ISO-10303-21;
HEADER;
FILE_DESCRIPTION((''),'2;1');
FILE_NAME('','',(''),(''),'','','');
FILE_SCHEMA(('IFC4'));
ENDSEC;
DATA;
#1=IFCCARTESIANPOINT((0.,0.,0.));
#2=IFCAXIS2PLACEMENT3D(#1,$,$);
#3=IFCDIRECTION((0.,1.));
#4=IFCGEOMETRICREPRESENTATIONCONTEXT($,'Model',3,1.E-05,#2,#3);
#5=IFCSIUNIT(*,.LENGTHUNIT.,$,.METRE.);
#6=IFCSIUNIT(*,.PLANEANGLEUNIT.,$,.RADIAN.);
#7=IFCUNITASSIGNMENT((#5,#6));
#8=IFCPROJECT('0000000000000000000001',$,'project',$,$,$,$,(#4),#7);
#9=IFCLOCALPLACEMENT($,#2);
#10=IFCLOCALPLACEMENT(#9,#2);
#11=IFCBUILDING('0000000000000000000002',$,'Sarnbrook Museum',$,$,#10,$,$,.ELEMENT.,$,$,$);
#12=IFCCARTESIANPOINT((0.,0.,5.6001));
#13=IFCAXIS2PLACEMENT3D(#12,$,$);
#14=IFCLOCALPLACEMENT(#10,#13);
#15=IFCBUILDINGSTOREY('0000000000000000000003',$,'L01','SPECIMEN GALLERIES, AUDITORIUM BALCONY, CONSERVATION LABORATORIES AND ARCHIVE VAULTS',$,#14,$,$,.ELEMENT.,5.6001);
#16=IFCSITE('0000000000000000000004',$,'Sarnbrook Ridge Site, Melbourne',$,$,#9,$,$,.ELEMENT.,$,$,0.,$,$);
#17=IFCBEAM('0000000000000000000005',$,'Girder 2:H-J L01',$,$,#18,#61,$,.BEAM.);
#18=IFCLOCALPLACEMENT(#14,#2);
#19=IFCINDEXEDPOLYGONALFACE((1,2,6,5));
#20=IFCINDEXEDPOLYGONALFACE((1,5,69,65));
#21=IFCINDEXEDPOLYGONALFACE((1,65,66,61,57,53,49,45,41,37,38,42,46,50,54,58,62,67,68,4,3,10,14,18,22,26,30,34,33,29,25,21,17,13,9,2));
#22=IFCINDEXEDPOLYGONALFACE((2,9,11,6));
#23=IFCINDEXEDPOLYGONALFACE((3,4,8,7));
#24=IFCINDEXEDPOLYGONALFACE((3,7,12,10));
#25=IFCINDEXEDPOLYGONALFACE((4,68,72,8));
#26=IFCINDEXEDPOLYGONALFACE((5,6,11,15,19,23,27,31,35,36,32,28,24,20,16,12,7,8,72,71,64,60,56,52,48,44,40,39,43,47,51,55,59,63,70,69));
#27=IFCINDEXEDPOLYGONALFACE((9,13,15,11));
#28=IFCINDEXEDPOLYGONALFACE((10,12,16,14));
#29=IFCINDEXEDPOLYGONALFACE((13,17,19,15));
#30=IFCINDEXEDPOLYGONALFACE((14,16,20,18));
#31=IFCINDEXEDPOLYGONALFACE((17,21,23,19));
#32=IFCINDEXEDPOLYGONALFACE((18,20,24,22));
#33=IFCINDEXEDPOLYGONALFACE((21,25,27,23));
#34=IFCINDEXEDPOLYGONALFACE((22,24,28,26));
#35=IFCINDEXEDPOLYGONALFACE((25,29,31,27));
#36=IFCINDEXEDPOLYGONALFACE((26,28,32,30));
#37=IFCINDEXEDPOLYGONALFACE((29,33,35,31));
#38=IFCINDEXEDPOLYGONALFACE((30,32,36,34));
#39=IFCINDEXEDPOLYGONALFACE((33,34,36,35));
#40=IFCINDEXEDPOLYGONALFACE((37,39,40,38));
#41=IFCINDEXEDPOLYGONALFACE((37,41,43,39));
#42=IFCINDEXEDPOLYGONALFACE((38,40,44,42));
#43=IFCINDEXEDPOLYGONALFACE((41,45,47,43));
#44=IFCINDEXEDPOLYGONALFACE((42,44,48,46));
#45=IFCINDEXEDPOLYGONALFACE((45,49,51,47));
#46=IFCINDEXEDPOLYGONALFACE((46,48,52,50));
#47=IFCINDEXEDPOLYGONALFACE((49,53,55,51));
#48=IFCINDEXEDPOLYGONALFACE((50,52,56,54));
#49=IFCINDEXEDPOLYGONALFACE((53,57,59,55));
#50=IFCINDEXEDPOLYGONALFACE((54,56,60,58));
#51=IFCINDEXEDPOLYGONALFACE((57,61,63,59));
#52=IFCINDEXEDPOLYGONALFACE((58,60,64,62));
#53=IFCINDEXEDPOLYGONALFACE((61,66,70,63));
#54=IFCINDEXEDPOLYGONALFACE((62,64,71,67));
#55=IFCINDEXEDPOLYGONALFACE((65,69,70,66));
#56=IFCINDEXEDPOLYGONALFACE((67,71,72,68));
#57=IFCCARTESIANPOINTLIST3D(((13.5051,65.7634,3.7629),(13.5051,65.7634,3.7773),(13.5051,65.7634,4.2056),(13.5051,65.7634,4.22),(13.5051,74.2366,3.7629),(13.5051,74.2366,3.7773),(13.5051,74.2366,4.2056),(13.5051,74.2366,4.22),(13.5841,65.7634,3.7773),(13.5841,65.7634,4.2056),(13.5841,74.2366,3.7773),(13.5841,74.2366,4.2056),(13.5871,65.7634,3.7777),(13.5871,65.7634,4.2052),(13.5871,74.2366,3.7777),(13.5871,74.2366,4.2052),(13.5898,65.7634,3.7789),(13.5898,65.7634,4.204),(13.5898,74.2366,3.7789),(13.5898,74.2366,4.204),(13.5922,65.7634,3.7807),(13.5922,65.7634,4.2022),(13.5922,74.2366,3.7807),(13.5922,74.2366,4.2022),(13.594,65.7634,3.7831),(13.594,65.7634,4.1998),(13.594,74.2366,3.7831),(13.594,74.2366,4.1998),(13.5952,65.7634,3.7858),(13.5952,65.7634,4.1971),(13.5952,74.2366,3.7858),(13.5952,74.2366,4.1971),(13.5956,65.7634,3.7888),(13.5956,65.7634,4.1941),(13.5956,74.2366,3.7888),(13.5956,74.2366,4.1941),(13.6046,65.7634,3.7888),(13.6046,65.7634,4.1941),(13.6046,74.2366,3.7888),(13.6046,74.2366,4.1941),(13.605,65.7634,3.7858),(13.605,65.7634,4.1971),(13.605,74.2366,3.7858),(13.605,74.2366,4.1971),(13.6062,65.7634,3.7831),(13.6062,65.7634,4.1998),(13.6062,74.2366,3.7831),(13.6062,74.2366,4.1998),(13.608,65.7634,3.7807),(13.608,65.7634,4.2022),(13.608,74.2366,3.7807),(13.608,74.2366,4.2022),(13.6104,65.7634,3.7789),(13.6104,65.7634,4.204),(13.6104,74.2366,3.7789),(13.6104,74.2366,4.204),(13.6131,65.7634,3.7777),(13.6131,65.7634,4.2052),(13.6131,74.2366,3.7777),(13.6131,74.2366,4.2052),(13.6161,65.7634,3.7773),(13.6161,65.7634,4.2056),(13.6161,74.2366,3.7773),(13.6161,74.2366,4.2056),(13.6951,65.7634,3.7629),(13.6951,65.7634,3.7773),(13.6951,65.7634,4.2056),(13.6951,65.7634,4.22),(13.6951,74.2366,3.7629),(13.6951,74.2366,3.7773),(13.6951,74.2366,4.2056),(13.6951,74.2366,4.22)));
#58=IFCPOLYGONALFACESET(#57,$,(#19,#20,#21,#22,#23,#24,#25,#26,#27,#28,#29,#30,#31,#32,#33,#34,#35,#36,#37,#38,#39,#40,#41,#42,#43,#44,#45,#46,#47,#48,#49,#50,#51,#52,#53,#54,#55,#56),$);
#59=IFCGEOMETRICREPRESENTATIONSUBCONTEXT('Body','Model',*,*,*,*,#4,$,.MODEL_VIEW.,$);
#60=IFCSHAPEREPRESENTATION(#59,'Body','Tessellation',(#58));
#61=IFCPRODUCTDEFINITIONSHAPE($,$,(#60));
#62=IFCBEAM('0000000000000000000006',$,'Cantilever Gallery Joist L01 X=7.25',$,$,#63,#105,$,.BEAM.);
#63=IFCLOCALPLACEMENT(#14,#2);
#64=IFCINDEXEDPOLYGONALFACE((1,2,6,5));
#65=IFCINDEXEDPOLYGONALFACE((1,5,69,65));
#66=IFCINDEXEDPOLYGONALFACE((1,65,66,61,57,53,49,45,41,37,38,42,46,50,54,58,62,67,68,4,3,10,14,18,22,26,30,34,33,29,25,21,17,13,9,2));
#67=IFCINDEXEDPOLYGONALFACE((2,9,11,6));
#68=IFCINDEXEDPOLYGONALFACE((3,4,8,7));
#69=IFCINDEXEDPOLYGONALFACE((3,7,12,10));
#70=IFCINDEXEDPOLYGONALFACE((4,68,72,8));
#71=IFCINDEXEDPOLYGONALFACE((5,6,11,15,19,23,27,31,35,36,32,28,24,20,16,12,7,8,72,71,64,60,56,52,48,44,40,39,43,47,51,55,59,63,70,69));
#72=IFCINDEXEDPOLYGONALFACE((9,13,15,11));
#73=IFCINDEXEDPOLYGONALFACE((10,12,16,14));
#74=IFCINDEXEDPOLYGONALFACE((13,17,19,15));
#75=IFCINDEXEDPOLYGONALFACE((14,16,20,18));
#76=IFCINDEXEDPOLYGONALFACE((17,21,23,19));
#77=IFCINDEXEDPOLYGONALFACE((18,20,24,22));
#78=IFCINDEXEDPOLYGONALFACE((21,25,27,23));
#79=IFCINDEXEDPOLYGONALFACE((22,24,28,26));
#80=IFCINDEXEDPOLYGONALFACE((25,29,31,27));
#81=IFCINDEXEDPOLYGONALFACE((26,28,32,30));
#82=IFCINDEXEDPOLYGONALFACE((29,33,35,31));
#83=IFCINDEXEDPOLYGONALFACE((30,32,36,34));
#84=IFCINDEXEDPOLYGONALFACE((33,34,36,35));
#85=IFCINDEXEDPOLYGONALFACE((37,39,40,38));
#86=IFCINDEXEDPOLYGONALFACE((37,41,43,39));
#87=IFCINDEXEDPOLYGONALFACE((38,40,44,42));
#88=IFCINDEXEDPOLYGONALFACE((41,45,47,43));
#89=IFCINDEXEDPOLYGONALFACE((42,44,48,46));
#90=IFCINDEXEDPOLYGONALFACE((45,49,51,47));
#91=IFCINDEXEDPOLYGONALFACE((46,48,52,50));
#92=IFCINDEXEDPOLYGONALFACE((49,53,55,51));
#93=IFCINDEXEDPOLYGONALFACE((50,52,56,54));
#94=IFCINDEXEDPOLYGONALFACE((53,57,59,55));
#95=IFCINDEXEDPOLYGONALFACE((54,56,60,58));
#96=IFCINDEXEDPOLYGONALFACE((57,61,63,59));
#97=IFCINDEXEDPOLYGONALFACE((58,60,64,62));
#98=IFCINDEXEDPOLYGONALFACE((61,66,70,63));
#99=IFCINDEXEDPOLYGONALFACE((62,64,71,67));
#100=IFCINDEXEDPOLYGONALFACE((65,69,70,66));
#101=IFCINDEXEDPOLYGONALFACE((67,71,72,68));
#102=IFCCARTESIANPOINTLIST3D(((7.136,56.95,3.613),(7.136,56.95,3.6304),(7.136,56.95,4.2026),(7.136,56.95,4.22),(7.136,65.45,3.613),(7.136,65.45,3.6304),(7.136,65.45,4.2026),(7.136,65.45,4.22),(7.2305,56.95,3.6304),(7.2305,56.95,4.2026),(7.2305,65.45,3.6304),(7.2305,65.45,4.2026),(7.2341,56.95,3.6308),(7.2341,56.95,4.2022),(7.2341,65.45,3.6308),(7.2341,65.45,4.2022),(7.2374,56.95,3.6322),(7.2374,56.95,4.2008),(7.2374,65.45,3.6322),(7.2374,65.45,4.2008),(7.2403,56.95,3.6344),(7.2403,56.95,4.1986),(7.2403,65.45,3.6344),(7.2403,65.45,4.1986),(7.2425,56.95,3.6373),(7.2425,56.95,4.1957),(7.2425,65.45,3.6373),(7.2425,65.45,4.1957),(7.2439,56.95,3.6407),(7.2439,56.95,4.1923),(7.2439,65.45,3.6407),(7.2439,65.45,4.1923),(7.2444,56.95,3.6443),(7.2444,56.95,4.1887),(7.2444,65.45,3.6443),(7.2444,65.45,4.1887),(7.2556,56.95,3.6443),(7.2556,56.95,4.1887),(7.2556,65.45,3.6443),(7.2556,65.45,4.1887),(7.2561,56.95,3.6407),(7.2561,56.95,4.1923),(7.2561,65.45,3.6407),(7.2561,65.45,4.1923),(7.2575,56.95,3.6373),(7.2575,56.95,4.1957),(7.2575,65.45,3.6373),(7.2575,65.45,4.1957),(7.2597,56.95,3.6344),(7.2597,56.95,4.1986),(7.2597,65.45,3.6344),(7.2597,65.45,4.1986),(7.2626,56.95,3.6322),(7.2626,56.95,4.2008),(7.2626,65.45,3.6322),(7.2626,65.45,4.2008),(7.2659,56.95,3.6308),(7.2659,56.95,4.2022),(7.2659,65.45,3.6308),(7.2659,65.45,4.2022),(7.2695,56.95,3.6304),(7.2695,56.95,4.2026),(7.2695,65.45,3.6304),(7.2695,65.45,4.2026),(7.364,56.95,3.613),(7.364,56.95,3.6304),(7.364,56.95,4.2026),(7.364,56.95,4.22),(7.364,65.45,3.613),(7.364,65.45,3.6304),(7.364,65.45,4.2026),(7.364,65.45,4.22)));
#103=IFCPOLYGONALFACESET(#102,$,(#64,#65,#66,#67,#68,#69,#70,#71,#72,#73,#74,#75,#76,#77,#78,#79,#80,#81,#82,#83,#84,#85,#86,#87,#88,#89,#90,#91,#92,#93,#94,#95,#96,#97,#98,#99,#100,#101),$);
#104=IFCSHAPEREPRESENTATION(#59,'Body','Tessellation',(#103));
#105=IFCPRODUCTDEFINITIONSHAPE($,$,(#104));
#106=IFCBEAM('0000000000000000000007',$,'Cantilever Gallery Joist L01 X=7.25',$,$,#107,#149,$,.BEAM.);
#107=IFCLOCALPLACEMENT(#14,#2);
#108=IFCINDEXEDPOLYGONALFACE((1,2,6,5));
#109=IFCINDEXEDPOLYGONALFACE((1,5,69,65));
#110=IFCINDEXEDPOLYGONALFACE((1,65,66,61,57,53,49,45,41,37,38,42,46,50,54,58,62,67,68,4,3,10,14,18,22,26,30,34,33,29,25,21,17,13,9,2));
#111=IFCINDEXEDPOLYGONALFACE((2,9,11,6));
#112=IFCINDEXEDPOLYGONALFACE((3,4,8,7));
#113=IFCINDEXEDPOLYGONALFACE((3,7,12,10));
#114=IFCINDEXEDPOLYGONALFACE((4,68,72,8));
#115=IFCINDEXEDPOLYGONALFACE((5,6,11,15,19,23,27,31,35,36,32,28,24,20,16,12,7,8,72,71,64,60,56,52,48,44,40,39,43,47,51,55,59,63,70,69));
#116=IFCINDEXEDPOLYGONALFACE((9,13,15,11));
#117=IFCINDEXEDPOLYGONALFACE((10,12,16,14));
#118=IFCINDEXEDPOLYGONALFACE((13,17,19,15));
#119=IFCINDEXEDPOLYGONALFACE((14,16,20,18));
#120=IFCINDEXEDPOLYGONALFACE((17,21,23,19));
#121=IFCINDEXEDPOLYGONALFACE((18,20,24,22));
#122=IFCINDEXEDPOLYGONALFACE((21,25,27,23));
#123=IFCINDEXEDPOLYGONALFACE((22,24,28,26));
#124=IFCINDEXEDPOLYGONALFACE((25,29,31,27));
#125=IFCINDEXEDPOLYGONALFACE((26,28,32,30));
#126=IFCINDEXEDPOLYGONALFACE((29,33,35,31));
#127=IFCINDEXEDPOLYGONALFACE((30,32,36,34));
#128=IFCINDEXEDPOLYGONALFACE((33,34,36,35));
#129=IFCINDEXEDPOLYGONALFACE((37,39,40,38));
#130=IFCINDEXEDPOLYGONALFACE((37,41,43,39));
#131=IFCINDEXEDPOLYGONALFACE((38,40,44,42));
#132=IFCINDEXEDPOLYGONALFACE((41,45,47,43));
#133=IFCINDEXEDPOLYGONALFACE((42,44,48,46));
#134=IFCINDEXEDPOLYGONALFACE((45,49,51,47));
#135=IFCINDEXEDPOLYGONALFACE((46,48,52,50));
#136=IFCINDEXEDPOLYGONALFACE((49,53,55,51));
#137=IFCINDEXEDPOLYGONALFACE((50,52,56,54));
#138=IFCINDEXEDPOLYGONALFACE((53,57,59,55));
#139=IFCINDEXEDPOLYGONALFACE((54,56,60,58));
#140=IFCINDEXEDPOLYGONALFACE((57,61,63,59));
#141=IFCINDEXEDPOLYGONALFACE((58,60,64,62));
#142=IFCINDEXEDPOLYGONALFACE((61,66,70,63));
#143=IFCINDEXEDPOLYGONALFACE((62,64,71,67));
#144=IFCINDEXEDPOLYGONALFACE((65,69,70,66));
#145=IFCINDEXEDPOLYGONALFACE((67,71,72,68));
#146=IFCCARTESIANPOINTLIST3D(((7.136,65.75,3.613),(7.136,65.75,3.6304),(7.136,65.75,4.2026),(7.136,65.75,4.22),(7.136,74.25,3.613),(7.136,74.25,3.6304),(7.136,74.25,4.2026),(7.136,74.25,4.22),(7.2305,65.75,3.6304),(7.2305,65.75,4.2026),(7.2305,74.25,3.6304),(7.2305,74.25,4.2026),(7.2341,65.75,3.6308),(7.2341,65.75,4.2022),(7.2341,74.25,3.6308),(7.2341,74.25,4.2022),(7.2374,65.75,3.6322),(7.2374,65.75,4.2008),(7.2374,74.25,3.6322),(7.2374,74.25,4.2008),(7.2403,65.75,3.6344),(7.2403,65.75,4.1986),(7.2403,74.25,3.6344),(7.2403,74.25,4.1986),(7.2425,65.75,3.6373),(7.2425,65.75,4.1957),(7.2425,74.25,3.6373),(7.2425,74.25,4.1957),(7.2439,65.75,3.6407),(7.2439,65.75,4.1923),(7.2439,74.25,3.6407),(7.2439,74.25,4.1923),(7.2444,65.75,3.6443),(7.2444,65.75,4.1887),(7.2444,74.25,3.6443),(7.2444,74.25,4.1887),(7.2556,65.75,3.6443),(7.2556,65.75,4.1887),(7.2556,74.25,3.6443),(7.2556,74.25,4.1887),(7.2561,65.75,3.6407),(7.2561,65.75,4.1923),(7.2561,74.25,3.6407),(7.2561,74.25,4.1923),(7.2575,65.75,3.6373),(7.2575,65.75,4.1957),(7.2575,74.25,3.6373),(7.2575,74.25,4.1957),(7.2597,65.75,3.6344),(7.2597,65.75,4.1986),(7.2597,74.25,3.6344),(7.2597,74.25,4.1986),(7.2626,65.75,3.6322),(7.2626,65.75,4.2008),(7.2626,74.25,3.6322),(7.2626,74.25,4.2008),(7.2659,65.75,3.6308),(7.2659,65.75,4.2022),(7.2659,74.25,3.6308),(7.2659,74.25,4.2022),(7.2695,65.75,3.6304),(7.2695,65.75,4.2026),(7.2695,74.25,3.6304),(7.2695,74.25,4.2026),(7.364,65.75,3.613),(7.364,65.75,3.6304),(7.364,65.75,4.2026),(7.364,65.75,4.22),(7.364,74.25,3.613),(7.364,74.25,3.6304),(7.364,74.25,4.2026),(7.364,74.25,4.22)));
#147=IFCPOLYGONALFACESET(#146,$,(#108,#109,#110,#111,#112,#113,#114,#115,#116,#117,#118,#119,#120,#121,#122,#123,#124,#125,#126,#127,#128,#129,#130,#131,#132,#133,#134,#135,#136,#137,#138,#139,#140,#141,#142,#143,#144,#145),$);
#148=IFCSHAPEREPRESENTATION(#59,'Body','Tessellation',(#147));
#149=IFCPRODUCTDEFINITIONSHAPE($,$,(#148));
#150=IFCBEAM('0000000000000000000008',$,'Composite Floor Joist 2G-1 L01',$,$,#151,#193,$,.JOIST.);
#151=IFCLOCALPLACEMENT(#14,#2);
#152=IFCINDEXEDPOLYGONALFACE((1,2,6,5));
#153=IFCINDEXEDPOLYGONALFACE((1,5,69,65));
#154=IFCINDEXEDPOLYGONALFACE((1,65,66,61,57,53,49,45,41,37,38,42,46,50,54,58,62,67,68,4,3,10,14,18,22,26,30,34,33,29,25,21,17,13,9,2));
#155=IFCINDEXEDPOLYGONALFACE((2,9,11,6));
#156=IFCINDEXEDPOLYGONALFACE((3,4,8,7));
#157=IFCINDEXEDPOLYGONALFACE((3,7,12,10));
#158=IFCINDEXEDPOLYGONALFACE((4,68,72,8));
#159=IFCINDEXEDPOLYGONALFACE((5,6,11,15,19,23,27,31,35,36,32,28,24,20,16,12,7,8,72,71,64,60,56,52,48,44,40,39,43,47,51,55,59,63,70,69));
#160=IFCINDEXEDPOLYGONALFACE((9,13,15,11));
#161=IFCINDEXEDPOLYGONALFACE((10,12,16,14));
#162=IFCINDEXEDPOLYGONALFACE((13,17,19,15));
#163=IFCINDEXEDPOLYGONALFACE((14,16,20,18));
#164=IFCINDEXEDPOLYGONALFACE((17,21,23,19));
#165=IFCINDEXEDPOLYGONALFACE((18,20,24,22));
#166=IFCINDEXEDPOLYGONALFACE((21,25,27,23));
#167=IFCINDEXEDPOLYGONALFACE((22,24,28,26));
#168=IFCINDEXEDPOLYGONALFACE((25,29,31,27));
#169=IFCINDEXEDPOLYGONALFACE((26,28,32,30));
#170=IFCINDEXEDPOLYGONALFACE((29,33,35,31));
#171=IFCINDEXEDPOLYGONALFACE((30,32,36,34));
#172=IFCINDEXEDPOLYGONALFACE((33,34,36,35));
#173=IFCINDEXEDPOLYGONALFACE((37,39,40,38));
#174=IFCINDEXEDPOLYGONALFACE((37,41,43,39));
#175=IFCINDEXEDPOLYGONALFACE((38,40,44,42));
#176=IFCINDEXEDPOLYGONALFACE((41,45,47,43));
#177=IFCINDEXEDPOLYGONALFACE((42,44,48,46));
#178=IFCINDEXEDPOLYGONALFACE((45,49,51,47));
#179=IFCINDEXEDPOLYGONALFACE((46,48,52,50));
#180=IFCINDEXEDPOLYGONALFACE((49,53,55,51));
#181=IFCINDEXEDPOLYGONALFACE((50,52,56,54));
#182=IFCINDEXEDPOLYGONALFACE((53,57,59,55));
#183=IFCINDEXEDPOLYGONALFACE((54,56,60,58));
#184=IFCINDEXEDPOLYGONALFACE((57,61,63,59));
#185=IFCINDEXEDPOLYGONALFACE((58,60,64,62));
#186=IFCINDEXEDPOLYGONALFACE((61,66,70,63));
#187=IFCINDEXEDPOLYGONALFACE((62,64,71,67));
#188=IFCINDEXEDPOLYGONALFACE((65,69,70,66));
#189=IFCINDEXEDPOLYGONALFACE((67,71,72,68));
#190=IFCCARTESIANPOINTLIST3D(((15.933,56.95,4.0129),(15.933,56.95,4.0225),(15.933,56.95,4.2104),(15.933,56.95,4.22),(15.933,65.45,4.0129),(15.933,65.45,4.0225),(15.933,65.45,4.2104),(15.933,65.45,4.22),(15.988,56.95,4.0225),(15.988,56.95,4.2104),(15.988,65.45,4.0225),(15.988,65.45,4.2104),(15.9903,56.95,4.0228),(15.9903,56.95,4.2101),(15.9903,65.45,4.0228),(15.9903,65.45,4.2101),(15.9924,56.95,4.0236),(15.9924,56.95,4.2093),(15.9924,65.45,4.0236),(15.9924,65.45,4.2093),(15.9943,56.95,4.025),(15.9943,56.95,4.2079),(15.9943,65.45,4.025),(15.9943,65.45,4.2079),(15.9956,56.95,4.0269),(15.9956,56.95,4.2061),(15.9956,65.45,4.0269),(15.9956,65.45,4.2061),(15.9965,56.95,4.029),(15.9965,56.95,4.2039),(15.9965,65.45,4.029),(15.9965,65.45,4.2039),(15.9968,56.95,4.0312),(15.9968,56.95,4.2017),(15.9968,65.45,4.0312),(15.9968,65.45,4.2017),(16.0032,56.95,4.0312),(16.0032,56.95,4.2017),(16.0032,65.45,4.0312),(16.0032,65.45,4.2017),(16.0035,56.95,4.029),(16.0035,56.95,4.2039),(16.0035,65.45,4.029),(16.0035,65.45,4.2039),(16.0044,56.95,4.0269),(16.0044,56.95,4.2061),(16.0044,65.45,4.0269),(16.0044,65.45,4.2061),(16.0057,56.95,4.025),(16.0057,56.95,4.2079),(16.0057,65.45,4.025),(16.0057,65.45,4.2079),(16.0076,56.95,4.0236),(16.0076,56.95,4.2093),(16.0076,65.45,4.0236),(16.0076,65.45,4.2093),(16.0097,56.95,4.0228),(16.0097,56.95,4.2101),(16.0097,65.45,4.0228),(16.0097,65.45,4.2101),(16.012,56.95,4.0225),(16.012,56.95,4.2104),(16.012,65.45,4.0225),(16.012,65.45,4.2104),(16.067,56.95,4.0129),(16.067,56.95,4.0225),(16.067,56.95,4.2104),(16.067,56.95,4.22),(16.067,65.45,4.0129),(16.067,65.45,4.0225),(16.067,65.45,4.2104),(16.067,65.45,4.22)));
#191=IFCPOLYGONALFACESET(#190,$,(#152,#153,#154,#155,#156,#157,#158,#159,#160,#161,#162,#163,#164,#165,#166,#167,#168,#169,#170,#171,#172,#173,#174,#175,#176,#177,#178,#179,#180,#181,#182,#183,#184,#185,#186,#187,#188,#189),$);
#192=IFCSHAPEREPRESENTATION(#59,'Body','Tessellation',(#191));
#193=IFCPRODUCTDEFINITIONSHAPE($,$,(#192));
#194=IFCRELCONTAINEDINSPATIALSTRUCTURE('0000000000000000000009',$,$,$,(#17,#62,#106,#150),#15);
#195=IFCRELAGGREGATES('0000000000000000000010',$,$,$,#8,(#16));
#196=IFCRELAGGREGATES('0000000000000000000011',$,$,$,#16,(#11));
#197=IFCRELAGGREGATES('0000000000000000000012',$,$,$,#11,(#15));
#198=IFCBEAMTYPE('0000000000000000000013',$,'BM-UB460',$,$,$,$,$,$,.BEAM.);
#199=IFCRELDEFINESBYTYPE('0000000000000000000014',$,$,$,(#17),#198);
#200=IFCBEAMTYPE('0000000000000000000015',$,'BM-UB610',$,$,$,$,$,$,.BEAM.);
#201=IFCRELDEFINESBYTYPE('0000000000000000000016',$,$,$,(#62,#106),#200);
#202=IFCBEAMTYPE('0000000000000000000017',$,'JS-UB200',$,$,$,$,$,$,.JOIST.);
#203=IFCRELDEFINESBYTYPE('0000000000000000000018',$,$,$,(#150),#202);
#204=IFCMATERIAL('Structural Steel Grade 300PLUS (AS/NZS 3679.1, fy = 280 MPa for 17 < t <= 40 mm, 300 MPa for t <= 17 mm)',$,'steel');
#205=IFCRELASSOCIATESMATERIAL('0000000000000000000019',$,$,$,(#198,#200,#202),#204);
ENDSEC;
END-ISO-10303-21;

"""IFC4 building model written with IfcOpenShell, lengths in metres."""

from ifc_helpers import new_model, si_unit, direction, frame, origin, origin_2d, place, context, subcontext, project, spatial, i_section, extrude, material, material_profile, profile_set, type_object, element, save


model = new_model("IFC4")

# Units and contexts
model_context = context("Model", 3, precision=1e-05, world=origin(), true_north=direction((0.0, 1.0)))
body_context = subcontext(model_context, "Body", "Model", "MODEL_VIEW")
ifc_project = project(units=[si_unit("LENGTHUNIT", "METRE"), si_unit("PLANEANGLEUNIT", "RADIAN")], contexts=[model_context])

# Site, building, storey
site_placement = place(None, origin())
site = spatial("IfcSite", under=ifc_project, at=site_placement, Name="Sarnbrook Ridge Site, Melbourne", CompositionType="ELEMENT", RefElevation=0.0)
building_placement = place(site_placement, origin())
building = spatial("IfcBuilding", under=site, at=building_placement, Name="Sarnbrook Museum", CompositionType="ELEMENT")
storey_placement = place(building_placement, frame((0.0, 0.0, 5.6001)))
storey = spatial("IfcBuildingStorey", under=building, at=storey_placement, Name="L01", Description="SPECIMEN GALLERIES, AUDITORIUM BALCONY, CONSERVATION LABORATORIES AND ARCHIVE VAULTS", CompositionType="ELEMENT", Elevation=5.6001)

# Shared definitions
ifc_material_1 = material(Name="Structural Steel Grade 300PLUS (AS/NZS 3679.1, fy = 280 MPa for 17 < t <= 40 mm, 300 MPa for t <= 17 mm)", Category="steel")

# Beams
ifc_material_profile_1 = material_profile(ifc_material_1, i_section(OverallWidth=0.1899, OverallDepth=0.457, WebThickness=0.009, FlangeThickness=0.0144, FilletRadius=0.0115, at=origin_2d()), Name="460UB74.6")
ifc_profile_set_1 = profile_set([ifc_material_profile_1], Name="Structural Steel Grade 300PLUS (AS/NZS 3679.1, fy = 280 MPa for 17 < t <= 40 mm, 300 MPa for t <= 17 mm)")
beam_type_1 = type_object("IfcBeamType", Name="BM-UB460", PredefinedType="BEAM", material=ifc_profile_set_1)
for number, where, z_axis, x_axis, name in (
    (1, (13.6001, 65.7634, 3.9915), (0.0, 1.0, 0.0), (-1.0, 0.0, 0.0), "Girder 2:H-J L01"),
):
    element("IfcBeam", number, at=place(storey_placement, frame(where, z_axis=z_axis, x_axis=x_axis)), inside=storey, type_object=beam_type_1, Name=name, PredefinedType="BEAM", context=body_context, shape_type="SweptSolid", body=[
        extrude(i_section(OverallWidth=0.1899, OverallDepth=0.457, WebThickness=0.009, FlangeThickness=0.0144, FilletRadius=0.0115, at=origin_2d()), origin(), (0.0, 0.0, 1.0), 8.4731),
    ])
ifc_material_profile_2 = material_profile(ifc_material_1, i_section(OverallWidth=0.228, OverallDepth=0.6069, WebThickness=0.0112, FlangeThickness=0.0173, FilletRadius=0.0139, at=origin_2d()), Name="610UB113")
ifc_profile_set_2 = profile_set([ifc_material_profile_2], Name="Structural Steel Grade 300PLUS (AS/NZS 3679.1, fy = 280 MPa for 17 < t <= 40 mm, 300 MPa for t <= 17 mm)")
beam_type_2 = type_object("IfcBeamType", Name="BM-UB610", PredefinedType="BEAM", material=ifc_profile_set_2)
for number, where, z_axis, x_axis, name in (
    (2, (7.25, 56.95, 3.9165), (0.0, 1.0, 0.0), (-1.0, 0.0, 0.0), "Cantilever Gallery Joist L01 X=7.25"),
    (3, (7.25, 65.75, 3.9165), (0.0, 1.0, 0.0), (-1.0, 0.0, 0.0), "Cantilever Gallery Joist L01 X=7.25"),
):
    element("IfcBeam", number, at=place(storey_placement, frame(where, z_axis=z_axis, x_axis=x_axis)), inside=storey, type_object=beam_type_2, Name=name, PredefinedType="BEAM", context=body_context, shape_type="SweptSolid", body=[
        extrude(i_section(OverallWidth=0.228, OverallDepth=0.6069, WebThickness=0.0112, FlangeThickness=0.0173, FilletRadius=0.0139, at=origin_2d()), origin(), (0.0, 0.0, 1.0), 8.5),
    ])
ifc_material_profile_3 = material_profile(ifc_material_1, i_section(OverallWidth=0.134, OverallDepth=0.207, WebThickness=0.0063, FlangeThickness=0.0095, FilletRadius=0.0088, at=origin_2d()), Name="200UB29.8")
ifc_profile_set_3 = profile_set([ifc_material_profile_3], Name="Structural Steel Grade 300PLUS (AS/NZS 3679.1, fy = 280 MPa for 17 < t <= 40 mm, 300 MPa for t <= 17 mm)")
beam_type_3 = type_object("IfcBeamType", Name="JS-UB200", PredefinedType="JOIST", material=ifc_profile_set_3)
for number, where, z_axis, x_axis, name in (
    (4, (16.0, 56.95, 4.1165), (0.0, 1.0, 0.0), (-1.0, 0.0, 0.0), "Composite Floor Joist 2G-1 L01"),
):
    element("IfcBeam", number, at=place(storey_placement, frame(where, z_axis=z_axis, x_axis=x_axis)), inside=storey, type_object=beam_type_3, Name=name, PredefinedType="JOIST", context=body_context, shape_type="SweptSolid", body=[
        extrude(i_section(OverallWidth=0.134, OverallDepth=0.207, WebThickness=0.0063, FlangeThickness=0.0095, FilletRadius=0.0088, at=origin_2d()), origin(), (0.0, 0.0, 1.0), 8.5),
    ])

save(model, "model.ifc")
